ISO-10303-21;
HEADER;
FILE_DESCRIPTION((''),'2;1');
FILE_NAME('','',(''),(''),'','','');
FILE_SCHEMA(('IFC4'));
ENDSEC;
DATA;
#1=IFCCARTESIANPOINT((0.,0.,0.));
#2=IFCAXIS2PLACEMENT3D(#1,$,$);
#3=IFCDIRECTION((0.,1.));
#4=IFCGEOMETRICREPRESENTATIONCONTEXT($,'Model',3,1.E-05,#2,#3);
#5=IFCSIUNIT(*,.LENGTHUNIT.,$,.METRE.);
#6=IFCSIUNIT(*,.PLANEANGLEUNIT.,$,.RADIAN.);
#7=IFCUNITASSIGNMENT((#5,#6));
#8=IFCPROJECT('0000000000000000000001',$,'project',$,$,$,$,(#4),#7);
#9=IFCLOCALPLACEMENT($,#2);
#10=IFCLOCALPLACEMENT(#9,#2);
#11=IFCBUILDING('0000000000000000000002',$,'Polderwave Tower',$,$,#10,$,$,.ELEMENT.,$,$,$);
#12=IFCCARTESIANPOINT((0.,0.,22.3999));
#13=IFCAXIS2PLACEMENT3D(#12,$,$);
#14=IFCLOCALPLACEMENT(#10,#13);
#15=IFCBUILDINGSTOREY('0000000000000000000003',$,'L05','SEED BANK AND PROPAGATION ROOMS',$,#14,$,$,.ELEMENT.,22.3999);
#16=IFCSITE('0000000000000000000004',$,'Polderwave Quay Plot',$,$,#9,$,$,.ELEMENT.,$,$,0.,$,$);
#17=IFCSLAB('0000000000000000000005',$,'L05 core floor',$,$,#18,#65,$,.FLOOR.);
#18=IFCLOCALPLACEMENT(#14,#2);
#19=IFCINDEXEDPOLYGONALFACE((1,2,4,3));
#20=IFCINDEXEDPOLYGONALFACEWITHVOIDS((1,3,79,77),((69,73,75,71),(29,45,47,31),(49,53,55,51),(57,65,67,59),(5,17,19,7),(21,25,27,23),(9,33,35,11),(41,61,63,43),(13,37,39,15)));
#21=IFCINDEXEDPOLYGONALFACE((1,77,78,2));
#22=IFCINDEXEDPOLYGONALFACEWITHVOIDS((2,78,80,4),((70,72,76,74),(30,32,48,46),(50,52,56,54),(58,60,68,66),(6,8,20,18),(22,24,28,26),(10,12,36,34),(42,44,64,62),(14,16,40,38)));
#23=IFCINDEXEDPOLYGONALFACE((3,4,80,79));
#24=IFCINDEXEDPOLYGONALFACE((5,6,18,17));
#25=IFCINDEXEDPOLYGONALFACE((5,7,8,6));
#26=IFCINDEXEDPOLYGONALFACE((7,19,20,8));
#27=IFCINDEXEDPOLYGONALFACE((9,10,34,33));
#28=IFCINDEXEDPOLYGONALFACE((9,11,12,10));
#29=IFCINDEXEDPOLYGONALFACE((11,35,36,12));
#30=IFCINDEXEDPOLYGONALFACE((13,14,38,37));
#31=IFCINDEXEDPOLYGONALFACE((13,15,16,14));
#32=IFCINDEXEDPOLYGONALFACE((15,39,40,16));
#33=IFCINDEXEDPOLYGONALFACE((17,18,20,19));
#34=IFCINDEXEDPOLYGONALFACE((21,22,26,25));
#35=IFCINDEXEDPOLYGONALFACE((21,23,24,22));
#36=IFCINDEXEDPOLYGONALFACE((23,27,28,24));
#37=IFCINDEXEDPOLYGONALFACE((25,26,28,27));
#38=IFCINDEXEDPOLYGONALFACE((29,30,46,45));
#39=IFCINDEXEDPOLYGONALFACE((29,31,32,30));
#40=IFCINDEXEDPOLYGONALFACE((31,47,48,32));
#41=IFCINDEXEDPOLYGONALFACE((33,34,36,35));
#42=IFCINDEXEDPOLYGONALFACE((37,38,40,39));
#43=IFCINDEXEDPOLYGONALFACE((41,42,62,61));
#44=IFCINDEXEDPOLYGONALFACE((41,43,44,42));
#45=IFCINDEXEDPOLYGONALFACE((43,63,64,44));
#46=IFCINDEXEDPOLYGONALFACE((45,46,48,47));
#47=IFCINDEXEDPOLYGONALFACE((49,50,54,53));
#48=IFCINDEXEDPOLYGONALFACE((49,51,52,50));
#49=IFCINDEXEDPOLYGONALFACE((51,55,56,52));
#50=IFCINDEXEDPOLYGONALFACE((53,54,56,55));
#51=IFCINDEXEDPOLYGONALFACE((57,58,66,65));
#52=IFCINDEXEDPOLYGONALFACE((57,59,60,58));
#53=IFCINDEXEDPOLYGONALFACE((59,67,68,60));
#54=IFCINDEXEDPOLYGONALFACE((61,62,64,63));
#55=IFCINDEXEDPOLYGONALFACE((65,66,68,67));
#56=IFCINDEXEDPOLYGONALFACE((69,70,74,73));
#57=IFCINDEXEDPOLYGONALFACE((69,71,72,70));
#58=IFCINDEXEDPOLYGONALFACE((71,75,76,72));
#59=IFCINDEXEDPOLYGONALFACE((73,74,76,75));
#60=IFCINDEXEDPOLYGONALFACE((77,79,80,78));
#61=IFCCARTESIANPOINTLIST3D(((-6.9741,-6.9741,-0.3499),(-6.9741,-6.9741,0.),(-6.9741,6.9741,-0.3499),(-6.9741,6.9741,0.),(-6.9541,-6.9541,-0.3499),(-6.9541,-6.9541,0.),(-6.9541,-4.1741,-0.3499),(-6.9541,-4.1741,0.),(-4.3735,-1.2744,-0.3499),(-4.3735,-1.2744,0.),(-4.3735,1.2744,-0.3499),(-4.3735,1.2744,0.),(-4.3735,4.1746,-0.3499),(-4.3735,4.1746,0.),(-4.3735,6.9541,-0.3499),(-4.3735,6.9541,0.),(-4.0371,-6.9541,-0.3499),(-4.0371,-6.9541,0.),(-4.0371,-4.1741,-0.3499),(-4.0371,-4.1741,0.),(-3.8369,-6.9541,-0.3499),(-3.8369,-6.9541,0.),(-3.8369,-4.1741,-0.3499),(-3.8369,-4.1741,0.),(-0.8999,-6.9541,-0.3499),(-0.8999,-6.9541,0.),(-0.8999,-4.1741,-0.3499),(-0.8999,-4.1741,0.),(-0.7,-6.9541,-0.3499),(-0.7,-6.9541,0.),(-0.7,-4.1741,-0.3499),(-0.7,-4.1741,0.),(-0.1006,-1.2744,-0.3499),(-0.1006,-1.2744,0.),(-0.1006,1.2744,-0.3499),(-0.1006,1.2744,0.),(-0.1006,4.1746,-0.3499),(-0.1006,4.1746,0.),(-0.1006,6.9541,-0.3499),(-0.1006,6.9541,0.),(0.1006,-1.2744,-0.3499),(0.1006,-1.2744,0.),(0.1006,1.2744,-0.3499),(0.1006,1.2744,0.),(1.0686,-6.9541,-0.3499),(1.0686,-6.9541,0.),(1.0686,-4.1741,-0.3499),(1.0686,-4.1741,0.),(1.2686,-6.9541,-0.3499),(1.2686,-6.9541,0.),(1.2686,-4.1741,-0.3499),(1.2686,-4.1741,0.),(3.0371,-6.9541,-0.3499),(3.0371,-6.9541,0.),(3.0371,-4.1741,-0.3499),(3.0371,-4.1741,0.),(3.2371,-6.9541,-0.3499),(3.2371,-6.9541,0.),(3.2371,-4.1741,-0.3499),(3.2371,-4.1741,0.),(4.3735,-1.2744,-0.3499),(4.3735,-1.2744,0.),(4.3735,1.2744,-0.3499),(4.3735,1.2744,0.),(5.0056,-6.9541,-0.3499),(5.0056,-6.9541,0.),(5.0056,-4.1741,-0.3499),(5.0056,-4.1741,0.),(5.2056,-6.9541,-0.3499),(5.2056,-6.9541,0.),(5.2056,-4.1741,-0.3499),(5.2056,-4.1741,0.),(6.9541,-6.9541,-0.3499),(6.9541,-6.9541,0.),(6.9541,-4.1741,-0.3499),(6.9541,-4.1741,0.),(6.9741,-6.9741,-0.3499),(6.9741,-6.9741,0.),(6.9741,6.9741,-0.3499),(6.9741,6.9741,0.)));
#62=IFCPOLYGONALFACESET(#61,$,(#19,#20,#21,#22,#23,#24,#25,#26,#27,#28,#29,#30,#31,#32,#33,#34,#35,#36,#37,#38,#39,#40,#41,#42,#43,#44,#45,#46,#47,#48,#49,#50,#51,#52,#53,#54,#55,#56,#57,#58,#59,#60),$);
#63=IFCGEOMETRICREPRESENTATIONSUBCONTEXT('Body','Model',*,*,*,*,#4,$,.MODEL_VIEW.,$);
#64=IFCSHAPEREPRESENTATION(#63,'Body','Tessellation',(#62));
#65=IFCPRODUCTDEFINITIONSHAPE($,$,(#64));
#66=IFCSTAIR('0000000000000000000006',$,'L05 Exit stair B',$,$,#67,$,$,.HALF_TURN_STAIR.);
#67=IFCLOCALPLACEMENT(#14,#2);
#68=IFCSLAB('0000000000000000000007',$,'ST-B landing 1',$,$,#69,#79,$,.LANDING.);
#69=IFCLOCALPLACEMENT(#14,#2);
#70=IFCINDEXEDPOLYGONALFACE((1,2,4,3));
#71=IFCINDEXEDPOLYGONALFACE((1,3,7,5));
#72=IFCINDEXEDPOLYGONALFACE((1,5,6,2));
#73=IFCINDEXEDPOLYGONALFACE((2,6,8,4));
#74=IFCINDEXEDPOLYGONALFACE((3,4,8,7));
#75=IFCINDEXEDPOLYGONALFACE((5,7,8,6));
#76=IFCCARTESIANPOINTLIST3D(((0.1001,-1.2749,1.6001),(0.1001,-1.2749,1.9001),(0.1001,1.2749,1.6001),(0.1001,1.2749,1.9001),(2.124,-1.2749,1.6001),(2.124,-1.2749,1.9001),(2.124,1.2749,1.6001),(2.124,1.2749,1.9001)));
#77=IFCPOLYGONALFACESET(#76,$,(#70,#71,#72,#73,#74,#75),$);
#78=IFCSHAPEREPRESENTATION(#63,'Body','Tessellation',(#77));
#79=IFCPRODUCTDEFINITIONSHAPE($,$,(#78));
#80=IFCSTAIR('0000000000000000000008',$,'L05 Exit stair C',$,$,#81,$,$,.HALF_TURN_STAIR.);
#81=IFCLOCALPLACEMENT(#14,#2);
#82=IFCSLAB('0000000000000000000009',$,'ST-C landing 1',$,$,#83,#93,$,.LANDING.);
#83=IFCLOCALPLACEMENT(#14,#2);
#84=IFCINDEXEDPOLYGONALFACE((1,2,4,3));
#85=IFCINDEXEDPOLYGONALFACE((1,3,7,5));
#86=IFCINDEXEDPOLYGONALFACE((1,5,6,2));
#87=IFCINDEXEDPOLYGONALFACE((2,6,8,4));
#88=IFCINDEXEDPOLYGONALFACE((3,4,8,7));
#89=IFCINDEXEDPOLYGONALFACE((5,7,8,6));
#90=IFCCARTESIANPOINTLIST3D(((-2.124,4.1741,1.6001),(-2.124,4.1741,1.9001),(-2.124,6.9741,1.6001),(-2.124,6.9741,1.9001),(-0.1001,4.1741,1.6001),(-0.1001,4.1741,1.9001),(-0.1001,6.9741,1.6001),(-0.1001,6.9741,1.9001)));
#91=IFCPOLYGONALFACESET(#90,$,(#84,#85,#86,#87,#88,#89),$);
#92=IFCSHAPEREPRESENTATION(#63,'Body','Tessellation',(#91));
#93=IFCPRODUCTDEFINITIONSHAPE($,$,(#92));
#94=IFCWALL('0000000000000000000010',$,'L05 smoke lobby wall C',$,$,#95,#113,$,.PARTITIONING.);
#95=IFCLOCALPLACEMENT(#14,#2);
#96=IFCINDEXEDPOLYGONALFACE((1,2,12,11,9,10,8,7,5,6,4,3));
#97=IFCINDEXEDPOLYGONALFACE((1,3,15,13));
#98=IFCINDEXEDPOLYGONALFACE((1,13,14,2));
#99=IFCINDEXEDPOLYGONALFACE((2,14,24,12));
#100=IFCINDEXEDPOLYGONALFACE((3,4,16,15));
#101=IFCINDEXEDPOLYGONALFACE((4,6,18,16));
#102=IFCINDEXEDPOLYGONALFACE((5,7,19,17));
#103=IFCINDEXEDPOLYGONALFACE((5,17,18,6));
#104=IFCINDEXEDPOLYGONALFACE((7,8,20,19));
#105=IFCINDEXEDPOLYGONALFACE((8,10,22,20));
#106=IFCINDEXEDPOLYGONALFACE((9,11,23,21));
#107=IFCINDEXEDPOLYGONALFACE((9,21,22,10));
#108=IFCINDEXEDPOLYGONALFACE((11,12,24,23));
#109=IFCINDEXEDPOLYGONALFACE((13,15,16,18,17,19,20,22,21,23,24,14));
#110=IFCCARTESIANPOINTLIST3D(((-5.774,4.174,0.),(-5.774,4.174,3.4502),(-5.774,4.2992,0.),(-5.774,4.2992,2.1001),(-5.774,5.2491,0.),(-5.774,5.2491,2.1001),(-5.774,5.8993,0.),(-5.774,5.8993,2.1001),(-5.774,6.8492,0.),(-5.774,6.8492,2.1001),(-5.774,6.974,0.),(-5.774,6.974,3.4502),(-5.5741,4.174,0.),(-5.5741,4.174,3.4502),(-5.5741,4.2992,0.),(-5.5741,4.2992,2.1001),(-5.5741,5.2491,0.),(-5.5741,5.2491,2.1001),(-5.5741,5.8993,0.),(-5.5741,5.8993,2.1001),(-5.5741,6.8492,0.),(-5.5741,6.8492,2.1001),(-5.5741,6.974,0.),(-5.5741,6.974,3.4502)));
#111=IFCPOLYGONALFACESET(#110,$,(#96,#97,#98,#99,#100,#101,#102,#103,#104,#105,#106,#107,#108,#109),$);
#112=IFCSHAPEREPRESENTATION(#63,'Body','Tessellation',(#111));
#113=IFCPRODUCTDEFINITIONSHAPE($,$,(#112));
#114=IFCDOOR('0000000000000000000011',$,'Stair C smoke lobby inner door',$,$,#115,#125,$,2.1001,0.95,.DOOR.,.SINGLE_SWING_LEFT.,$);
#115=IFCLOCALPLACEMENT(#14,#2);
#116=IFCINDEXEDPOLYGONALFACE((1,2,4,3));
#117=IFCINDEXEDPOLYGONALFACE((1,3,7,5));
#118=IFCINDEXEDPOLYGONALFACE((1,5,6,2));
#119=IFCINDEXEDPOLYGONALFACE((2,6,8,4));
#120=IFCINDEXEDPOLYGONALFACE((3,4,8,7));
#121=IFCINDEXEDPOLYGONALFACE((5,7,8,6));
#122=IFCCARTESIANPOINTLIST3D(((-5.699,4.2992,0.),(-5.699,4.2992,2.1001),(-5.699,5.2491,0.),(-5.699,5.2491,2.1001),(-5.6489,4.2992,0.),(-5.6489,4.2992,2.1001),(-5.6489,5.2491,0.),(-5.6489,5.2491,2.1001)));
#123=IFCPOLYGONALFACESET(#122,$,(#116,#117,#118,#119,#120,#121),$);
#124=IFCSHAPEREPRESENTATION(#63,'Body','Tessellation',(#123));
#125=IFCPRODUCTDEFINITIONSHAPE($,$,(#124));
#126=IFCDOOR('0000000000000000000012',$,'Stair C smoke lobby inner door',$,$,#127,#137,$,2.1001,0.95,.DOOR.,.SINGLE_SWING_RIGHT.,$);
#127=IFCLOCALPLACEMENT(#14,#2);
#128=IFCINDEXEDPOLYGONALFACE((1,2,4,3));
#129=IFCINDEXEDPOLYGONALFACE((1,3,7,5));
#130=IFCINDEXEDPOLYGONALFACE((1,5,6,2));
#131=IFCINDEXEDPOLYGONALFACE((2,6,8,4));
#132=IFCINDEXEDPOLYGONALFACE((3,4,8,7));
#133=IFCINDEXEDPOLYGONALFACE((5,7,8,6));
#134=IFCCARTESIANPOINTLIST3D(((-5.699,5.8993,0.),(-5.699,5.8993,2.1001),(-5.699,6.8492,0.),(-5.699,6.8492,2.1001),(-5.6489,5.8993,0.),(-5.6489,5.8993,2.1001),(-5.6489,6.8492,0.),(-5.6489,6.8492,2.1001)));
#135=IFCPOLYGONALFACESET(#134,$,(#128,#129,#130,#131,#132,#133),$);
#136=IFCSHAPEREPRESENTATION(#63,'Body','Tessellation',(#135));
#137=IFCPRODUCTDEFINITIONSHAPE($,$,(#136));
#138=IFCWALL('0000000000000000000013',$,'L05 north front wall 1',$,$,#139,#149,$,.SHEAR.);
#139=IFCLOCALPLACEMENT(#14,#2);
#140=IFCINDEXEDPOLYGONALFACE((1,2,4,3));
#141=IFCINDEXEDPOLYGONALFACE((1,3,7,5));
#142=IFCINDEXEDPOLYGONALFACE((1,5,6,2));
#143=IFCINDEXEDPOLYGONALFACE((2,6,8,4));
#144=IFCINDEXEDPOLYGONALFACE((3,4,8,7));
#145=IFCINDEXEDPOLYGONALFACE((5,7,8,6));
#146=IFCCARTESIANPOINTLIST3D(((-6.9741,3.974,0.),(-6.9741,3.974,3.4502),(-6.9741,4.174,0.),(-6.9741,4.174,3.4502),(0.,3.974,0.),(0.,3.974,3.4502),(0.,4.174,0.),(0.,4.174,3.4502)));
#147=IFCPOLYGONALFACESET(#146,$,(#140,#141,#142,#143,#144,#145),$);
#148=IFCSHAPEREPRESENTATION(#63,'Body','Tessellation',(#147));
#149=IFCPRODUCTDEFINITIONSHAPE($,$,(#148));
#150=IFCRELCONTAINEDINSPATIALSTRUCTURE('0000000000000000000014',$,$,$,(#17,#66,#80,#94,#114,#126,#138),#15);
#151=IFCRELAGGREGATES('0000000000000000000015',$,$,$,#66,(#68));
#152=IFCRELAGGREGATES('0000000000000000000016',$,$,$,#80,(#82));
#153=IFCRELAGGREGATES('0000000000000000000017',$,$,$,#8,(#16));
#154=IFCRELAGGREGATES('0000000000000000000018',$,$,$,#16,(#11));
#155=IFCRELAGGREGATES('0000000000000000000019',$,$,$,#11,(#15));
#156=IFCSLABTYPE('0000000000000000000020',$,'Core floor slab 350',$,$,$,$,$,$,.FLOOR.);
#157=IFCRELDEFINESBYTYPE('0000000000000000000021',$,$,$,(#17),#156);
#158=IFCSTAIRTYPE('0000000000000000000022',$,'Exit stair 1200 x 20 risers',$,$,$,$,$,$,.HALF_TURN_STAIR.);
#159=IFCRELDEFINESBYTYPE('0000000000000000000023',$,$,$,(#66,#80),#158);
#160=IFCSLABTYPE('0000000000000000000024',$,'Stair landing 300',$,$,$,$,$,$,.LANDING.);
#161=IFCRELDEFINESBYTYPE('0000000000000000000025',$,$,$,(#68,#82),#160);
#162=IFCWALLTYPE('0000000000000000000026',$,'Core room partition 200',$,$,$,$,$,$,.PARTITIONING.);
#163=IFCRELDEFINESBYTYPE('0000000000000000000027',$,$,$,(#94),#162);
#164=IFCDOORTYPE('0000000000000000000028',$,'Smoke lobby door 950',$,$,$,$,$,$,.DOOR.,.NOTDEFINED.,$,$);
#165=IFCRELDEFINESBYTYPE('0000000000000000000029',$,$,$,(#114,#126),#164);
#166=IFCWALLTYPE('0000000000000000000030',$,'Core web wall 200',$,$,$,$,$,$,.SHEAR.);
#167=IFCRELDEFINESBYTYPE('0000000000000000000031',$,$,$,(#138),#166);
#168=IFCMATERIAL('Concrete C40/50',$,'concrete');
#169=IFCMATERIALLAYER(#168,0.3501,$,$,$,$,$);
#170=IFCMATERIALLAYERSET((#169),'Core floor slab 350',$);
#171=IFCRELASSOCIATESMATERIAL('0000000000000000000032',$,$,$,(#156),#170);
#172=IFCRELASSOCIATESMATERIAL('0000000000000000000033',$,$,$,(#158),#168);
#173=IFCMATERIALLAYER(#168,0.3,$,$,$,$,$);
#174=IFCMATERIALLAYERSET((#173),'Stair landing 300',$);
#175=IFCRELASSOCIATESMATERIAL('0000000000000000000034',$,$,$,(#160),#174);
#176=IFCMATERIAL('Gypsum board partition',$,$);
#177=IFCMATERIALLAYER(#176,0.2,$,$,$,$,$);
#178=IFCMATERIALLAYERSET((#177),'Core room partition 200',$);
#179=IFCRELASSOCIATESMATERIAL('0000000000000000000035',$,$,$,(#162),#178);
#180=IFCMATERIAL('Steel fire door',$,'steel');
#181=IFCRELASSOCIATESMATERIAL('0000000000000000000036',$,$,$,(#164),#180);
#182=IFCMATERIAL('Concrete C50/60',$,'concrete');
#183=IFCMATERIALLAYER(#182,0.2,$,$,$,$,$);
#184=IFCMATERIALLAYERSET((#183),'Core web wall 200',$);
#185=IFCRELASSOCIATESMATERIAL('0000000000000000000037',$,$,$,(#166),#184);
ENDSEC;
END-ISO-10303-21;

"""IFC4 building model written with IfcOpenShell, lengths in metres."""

from ifc_helpers import new_model, si_unit, direction, frame, frame_2d, origin, place, context, subcontext, project, spatial, polyline, rectangle, outline, extrude, material, layer, layer_set, type_object, element, fill, aggregate, save


model = new_model("IFC4")

# Units and contexts
model_context = context("Model", 3, precision=1e-05, world=origin(), true_north=direction((0.0, 1.0)))
body_context = subcontext(model_context, "Body", "Model", "MODEL_VIEW")
ifc_project = project(units=[si_unit("LENGTHUNIT", "METRE"), si_unit("PLANEANGLEUNIT", "RADIAN")], contexts=[model_context])

# Site, building, storey
site_placement = place(None, origin())
site = spatial("IfcSite", under=ifc_project, at=site_placement, Name="Polderwave Quay Plot", CompositionType="ELEMENT", RefElevation=0.0)
building_placement = place(site_placement, origin())
building = spatial("IfcBuilding", under=site, at=building_placement, Name="Polderwave Tower", CompositionType="ELEMENT")
storey_placement = place(building_placement, frame((0.0, 0.0, 22.3999)))
storey = spatial("IfcBuildingStorey", under=building, at=storey_placement, Name="L05", Description="SEED BANK AND PROPAGATION ROOMS", CompositionType="ELEMENT", Elevation=22.3999)

# Slab
ifc_material_1 = material(Name="Concrete C40/50", Category="concrete")
ifc_layer_1 = layer(ifc_material_1, 0.3501)
ifc_layer_set_1 = layer_set([ifc_layer_1], Name="Core floor slab 350")
slab_type_1 = type_object("IfcSlabType", Name="Core floor slab 350", PredefinedType="FLOOR", material=ifc_layer_set_1)
slab_1_placement = place(storey_placement, frame((0.0, 0.0, -0.3499)))
element("IfcSlab", 1, at=slab_1_placement, inside=storey, type_object=slab_type_1, Name="L05 core floor", PredefinedType="FLOOR", context=body_context, shape_type="SweptSolid", body=[
    extrude(outline(polyline([(-6.9741, -6.9741), (6.9741, -6.9741), (6.9741, 6.9741), (-6.9741, 6.9741), (-6.9741, -6.9741)]), holes=[polyline([(-6.9541, -6.9541), (-4.0371, -6.9541), (-4.0371, -4.1741), (-6.9541, -4.1741), (-6.9541, -6.9541)]), polyline([(-3.8369, -6.9541), (-0.8999, -6.9541), (-0.8999, -4.1741), (-3.8369, -4.1741), (-3.8369, -6.9541)]), polyline([(-0.7, -6.9541), (1.0686, -6.9541), (1.0686, -4.1741), (-0.7, -4.1741), (-0.7, -6.9541)]), polyline([(1.2686, -6.9541), (3.0371, -6.9541), (3.0371, -4.1741), (1.2686, -4.1741), (1.2686, -6.9541)]), polyline([(3.2371, -6.9541), (5.0056, -6.9541), (5.0056, -4.1741), (3.2371, -4.1741), (3.2371, -6.9541)]), polyline([(5.2056, -6.9541), (6.9541, -6.9541), (6.9541, -4.1741), (5.2056, -4.1741), (5.2056, -6.9541)]), polyline([(-4.3735, -1.2744), (-0.1006, -1.2744), (-0.1006, 1.2744), (-4.3735, 1.2744), (-4.3735, -1.2744)]), polyline([(0.1006, -1.2744), (4.3735, -1.2744), (4.3735, 1.2744), (0.1006, 1.2744), (0.1006, -1.2744)]), polyline([(-4.3735, 4.1746), (-0.1006, 4.1746), (-0.1006, 6.9541), (-4.3735, 6.9541), (-4.3735, 4.1746)])]), origin(), (0.0, 0.0, 1.0), 0.3499),
])

# Stairs, slabs
stair_type = type_object("IfcStairType", Name="Exit stair 1200 x 20 risers", PredefinedType="HALF_TURN_STAIR", material=ifc_material_1)
stair_1_placement = place(storey_placement, origin())
stair_1 = element("IfcStair", 2, at=stair_1_placement, inside=storey, type_object=stair_type, Name="L05 Exit stair B", PredefinedType="HALF_TURN_STAIR")
ifc_layer_2 = layer(ifc_material_1, 0.3)
ifc_layer_set_2 = layer_set([ifc_layer_2], Name="Stair landing 300")
slab_type_2 = type_object("IfcSlabType", Name="Stair landing 300", PredefinedType="LANDING", material=ifc_layer_set_2)
slab_2_placement = place(storey_placement, frame((0.0, 0.0, 1.6001)))
slab_2 = element("IfcSlab", 3, at=slab_2_placement, type_object=slab_type_2, Name="ST-B landing 1", PredefinedType="LANDING", context=body_context, shape_type="SweptSolid", body=[
    extrude(outline(polyline([(2.124, 1.2749), (0.1001, 1.2749), (0.1001, -1.2749), (2.124, -1.2749), (2.124, 1.2749)])), origin(), (0.0, 0.0, 1.0), 0.3),
])
aggregate(stair_1, [slab_2])
stair_2_placement = place(storey_placement, origin())
stair_2 = element("IfcStair", 4, at=stair_2_placement, inside=storey, type_object=stair_type, Name="L05 Exit stair C", PredefinedType="HALF_TURN_STAIR")
slab_3_placement = place(storey_placement, frame((0.0, 0.0, 1.6001)))
slab_3 = element("IfcSlab", 5, at=slab_3_placement, type_object=slab_type_2, Name="ST-C landing 1", PredefinedType="LANDING", context=body_context, shape_type="SweptSolid", body=[
    extrude(outline(polyline([(-2.124, 4.1741), (-0.1001, 4.1741), (-0.1001, 6.9741), (-2.124, 6.9741), (-2.124, 4.1741)])), origin(), (0.0, 0.0, 1.0), 0.3),
])

# Wall, openings, doors
ifc_material_2 = material(Name="Gypsum board partition")
ifc_layer_3 = layer(ifc_material_2, 0.2)
ifc_layer_set_3 = layer_set([ifc_layer_3], Name="Core room partition 200")
wall_type_1 = type_object("IfcWallType", Name="Core room partition 200", PredefinedType="PARTITIONING", material=ifc_layer_set_3)
wall_1_placement = place(storey_placement, frame((-5.6741, 4.1741, 0.0), z_axis=(0.0, 0.0, 1.0), x_axis=(0.0, 1.0, 0.0)))
wall_1 = element("IfcWall", 6, at=wall_1_placement, inside=storey, type_object=wall_type_1, Name="L05 smoke lobby wall C", PredefinedType="PARTITIONING", context=body_context, shape_type="SweptSolid", body=[
    extrude(rectangle(XDim=2.8, YDim=0.2, at=frame_2d((1.3999, 0.0))), origin(), (0.0, 0.0, 1.0), 3.4502),
])
opening_1_placement = place(wall_1_placement, frame((0.125, 0.0, 0.0)))
opening_1 = element("IfcOpeningElement", 7, at=opening_1_placement, cuts=wall_1, PredefinedType="OPENING", context=body_context, shape_type="SweptSolid", body=[
    extrude(rectangle(XDim=0.95, YDim=2.1001, at=frame_2d((0.4751, 1.05))), frame((0.0, 0.1099, 0.0), z_axis=(0.0, -1.0, 0.0), x_axis=(1.0, 0.0, 0.0)), (0.0, 0.0, 1.0), 0.22),
])
opening_2_placement = place(wall_1_placement, frame((1.7251, 0.0, 0.0)))
opening_2 = element("IfcOpeningElement", 8, at=opening_2_placement, cuts=wall_1, PredefinedType="OPENING", context=body_context, shape_type="SweptSolid", body=[
    extrude(rectangle(XDim=0.95, YDim=2.1001, at=frame_2d((0.4751, 1.05))), frame((0.0, 0.1099, 0.0), z_axis=(0.0, -1.0, 0.0), x_axis=(1.0, 0.0, 0.0)), (0.0, 0.0, 1.0), 0.22),
])
ifc_material_3 = material(Name="Steel fire door", Category="steel")
door_type_1 = type_object("IfcDoorType", Name="Smoke lobby door 950", OperationType="NOTDEFINED", PredefinedType="DOOR", material=ifc_material_3)
door_1_placement = place(opening_1_placement, origin())
door_1 = element("IfcDoor", 9, at=door_1_placement, inside=storey, type_object=door_type_1, Name="Stair C smoke lobby inner door", OperationType="SINGLE_SWING_LEFT", OverallHeight=2.1001, OverallWidth=0.95, PredefinedType="DOOR", context=body_context, shape_type="SweptSolid", body=[
    extrude(rectangle(XDim=0.95, YDim=2.1001, at=frame_2d((0.4751, 1.05))), frame((0.0, 0.0249, 0.0), z_axis=(0.0, -1.0, 0.0), x_axis=(1.0, 0.0, 0.0)), (0.0, 0.0, 1.0), 0.05),
])
fill(opening_1, door_1)
door_2_placement = place(opening_2_placement, origin())
door_2 = element("IfcDoor", 10, at=door_2_placement, inside=storey, type_object=door_type_1, Name="Stair C smoke lobby inner door", OperationType="SINGLE_SWING_RIGHT", OverallHeight=2.1001, OverallWidth=0.95, PredefinedType="DOOR", context=body_context, shape_type="SweptSolid", body=[
    extrude(rectangle(XDim=0.95, YDim=2.1001, at=frame_2d((0.4751, 1.05))), frame((0.0, 0.0249, 0.0), z_axis=(0.0, -1.0, 0.0), x_axis=(1.0, 0.0, 0.0)), (0.0, 0.0, 1.0), 0.05),
])
fill(opening_2, door_2)

# Wall
ifc_material_4 = material(Name="Concrete C50/60", Category="concrete")
ifc_layer_4 = layer(ifc_material_4, 0.2)
ifc_layer_set_4 = layer_set([ifc_layer_4], Name="Core web wall 200")
wall_type_2 = type_object("IfcWallType", Name="Core web wall 200", PredefinedType="SHEAR", material=ifc_layer_set_4)
wall_2_placement = place(storey_placement, frame((-6.9741, 4.074, 0.0), z_axis=(0.0, 0.0, 1.0), x_axis=(1.0, 0.0, 0.0)))
element("IfcWall", 11, at=wall_2_placement, inside=storey, type_object=wall_type_2, Name="L05 north front wall 1", PredefinedType="SHEAR", context=body_context, shape_type="SweptSolid", body=[
    extrude(rectangle(XDim=6.9741, YDim=0.2, at=frame_2d((3.4871, 0.0))), origin(), (0.0, 0.0, 1.0), 3.4502),
])

aggregate(stair_2, [slab_3])

save(model, "model.ifc")
